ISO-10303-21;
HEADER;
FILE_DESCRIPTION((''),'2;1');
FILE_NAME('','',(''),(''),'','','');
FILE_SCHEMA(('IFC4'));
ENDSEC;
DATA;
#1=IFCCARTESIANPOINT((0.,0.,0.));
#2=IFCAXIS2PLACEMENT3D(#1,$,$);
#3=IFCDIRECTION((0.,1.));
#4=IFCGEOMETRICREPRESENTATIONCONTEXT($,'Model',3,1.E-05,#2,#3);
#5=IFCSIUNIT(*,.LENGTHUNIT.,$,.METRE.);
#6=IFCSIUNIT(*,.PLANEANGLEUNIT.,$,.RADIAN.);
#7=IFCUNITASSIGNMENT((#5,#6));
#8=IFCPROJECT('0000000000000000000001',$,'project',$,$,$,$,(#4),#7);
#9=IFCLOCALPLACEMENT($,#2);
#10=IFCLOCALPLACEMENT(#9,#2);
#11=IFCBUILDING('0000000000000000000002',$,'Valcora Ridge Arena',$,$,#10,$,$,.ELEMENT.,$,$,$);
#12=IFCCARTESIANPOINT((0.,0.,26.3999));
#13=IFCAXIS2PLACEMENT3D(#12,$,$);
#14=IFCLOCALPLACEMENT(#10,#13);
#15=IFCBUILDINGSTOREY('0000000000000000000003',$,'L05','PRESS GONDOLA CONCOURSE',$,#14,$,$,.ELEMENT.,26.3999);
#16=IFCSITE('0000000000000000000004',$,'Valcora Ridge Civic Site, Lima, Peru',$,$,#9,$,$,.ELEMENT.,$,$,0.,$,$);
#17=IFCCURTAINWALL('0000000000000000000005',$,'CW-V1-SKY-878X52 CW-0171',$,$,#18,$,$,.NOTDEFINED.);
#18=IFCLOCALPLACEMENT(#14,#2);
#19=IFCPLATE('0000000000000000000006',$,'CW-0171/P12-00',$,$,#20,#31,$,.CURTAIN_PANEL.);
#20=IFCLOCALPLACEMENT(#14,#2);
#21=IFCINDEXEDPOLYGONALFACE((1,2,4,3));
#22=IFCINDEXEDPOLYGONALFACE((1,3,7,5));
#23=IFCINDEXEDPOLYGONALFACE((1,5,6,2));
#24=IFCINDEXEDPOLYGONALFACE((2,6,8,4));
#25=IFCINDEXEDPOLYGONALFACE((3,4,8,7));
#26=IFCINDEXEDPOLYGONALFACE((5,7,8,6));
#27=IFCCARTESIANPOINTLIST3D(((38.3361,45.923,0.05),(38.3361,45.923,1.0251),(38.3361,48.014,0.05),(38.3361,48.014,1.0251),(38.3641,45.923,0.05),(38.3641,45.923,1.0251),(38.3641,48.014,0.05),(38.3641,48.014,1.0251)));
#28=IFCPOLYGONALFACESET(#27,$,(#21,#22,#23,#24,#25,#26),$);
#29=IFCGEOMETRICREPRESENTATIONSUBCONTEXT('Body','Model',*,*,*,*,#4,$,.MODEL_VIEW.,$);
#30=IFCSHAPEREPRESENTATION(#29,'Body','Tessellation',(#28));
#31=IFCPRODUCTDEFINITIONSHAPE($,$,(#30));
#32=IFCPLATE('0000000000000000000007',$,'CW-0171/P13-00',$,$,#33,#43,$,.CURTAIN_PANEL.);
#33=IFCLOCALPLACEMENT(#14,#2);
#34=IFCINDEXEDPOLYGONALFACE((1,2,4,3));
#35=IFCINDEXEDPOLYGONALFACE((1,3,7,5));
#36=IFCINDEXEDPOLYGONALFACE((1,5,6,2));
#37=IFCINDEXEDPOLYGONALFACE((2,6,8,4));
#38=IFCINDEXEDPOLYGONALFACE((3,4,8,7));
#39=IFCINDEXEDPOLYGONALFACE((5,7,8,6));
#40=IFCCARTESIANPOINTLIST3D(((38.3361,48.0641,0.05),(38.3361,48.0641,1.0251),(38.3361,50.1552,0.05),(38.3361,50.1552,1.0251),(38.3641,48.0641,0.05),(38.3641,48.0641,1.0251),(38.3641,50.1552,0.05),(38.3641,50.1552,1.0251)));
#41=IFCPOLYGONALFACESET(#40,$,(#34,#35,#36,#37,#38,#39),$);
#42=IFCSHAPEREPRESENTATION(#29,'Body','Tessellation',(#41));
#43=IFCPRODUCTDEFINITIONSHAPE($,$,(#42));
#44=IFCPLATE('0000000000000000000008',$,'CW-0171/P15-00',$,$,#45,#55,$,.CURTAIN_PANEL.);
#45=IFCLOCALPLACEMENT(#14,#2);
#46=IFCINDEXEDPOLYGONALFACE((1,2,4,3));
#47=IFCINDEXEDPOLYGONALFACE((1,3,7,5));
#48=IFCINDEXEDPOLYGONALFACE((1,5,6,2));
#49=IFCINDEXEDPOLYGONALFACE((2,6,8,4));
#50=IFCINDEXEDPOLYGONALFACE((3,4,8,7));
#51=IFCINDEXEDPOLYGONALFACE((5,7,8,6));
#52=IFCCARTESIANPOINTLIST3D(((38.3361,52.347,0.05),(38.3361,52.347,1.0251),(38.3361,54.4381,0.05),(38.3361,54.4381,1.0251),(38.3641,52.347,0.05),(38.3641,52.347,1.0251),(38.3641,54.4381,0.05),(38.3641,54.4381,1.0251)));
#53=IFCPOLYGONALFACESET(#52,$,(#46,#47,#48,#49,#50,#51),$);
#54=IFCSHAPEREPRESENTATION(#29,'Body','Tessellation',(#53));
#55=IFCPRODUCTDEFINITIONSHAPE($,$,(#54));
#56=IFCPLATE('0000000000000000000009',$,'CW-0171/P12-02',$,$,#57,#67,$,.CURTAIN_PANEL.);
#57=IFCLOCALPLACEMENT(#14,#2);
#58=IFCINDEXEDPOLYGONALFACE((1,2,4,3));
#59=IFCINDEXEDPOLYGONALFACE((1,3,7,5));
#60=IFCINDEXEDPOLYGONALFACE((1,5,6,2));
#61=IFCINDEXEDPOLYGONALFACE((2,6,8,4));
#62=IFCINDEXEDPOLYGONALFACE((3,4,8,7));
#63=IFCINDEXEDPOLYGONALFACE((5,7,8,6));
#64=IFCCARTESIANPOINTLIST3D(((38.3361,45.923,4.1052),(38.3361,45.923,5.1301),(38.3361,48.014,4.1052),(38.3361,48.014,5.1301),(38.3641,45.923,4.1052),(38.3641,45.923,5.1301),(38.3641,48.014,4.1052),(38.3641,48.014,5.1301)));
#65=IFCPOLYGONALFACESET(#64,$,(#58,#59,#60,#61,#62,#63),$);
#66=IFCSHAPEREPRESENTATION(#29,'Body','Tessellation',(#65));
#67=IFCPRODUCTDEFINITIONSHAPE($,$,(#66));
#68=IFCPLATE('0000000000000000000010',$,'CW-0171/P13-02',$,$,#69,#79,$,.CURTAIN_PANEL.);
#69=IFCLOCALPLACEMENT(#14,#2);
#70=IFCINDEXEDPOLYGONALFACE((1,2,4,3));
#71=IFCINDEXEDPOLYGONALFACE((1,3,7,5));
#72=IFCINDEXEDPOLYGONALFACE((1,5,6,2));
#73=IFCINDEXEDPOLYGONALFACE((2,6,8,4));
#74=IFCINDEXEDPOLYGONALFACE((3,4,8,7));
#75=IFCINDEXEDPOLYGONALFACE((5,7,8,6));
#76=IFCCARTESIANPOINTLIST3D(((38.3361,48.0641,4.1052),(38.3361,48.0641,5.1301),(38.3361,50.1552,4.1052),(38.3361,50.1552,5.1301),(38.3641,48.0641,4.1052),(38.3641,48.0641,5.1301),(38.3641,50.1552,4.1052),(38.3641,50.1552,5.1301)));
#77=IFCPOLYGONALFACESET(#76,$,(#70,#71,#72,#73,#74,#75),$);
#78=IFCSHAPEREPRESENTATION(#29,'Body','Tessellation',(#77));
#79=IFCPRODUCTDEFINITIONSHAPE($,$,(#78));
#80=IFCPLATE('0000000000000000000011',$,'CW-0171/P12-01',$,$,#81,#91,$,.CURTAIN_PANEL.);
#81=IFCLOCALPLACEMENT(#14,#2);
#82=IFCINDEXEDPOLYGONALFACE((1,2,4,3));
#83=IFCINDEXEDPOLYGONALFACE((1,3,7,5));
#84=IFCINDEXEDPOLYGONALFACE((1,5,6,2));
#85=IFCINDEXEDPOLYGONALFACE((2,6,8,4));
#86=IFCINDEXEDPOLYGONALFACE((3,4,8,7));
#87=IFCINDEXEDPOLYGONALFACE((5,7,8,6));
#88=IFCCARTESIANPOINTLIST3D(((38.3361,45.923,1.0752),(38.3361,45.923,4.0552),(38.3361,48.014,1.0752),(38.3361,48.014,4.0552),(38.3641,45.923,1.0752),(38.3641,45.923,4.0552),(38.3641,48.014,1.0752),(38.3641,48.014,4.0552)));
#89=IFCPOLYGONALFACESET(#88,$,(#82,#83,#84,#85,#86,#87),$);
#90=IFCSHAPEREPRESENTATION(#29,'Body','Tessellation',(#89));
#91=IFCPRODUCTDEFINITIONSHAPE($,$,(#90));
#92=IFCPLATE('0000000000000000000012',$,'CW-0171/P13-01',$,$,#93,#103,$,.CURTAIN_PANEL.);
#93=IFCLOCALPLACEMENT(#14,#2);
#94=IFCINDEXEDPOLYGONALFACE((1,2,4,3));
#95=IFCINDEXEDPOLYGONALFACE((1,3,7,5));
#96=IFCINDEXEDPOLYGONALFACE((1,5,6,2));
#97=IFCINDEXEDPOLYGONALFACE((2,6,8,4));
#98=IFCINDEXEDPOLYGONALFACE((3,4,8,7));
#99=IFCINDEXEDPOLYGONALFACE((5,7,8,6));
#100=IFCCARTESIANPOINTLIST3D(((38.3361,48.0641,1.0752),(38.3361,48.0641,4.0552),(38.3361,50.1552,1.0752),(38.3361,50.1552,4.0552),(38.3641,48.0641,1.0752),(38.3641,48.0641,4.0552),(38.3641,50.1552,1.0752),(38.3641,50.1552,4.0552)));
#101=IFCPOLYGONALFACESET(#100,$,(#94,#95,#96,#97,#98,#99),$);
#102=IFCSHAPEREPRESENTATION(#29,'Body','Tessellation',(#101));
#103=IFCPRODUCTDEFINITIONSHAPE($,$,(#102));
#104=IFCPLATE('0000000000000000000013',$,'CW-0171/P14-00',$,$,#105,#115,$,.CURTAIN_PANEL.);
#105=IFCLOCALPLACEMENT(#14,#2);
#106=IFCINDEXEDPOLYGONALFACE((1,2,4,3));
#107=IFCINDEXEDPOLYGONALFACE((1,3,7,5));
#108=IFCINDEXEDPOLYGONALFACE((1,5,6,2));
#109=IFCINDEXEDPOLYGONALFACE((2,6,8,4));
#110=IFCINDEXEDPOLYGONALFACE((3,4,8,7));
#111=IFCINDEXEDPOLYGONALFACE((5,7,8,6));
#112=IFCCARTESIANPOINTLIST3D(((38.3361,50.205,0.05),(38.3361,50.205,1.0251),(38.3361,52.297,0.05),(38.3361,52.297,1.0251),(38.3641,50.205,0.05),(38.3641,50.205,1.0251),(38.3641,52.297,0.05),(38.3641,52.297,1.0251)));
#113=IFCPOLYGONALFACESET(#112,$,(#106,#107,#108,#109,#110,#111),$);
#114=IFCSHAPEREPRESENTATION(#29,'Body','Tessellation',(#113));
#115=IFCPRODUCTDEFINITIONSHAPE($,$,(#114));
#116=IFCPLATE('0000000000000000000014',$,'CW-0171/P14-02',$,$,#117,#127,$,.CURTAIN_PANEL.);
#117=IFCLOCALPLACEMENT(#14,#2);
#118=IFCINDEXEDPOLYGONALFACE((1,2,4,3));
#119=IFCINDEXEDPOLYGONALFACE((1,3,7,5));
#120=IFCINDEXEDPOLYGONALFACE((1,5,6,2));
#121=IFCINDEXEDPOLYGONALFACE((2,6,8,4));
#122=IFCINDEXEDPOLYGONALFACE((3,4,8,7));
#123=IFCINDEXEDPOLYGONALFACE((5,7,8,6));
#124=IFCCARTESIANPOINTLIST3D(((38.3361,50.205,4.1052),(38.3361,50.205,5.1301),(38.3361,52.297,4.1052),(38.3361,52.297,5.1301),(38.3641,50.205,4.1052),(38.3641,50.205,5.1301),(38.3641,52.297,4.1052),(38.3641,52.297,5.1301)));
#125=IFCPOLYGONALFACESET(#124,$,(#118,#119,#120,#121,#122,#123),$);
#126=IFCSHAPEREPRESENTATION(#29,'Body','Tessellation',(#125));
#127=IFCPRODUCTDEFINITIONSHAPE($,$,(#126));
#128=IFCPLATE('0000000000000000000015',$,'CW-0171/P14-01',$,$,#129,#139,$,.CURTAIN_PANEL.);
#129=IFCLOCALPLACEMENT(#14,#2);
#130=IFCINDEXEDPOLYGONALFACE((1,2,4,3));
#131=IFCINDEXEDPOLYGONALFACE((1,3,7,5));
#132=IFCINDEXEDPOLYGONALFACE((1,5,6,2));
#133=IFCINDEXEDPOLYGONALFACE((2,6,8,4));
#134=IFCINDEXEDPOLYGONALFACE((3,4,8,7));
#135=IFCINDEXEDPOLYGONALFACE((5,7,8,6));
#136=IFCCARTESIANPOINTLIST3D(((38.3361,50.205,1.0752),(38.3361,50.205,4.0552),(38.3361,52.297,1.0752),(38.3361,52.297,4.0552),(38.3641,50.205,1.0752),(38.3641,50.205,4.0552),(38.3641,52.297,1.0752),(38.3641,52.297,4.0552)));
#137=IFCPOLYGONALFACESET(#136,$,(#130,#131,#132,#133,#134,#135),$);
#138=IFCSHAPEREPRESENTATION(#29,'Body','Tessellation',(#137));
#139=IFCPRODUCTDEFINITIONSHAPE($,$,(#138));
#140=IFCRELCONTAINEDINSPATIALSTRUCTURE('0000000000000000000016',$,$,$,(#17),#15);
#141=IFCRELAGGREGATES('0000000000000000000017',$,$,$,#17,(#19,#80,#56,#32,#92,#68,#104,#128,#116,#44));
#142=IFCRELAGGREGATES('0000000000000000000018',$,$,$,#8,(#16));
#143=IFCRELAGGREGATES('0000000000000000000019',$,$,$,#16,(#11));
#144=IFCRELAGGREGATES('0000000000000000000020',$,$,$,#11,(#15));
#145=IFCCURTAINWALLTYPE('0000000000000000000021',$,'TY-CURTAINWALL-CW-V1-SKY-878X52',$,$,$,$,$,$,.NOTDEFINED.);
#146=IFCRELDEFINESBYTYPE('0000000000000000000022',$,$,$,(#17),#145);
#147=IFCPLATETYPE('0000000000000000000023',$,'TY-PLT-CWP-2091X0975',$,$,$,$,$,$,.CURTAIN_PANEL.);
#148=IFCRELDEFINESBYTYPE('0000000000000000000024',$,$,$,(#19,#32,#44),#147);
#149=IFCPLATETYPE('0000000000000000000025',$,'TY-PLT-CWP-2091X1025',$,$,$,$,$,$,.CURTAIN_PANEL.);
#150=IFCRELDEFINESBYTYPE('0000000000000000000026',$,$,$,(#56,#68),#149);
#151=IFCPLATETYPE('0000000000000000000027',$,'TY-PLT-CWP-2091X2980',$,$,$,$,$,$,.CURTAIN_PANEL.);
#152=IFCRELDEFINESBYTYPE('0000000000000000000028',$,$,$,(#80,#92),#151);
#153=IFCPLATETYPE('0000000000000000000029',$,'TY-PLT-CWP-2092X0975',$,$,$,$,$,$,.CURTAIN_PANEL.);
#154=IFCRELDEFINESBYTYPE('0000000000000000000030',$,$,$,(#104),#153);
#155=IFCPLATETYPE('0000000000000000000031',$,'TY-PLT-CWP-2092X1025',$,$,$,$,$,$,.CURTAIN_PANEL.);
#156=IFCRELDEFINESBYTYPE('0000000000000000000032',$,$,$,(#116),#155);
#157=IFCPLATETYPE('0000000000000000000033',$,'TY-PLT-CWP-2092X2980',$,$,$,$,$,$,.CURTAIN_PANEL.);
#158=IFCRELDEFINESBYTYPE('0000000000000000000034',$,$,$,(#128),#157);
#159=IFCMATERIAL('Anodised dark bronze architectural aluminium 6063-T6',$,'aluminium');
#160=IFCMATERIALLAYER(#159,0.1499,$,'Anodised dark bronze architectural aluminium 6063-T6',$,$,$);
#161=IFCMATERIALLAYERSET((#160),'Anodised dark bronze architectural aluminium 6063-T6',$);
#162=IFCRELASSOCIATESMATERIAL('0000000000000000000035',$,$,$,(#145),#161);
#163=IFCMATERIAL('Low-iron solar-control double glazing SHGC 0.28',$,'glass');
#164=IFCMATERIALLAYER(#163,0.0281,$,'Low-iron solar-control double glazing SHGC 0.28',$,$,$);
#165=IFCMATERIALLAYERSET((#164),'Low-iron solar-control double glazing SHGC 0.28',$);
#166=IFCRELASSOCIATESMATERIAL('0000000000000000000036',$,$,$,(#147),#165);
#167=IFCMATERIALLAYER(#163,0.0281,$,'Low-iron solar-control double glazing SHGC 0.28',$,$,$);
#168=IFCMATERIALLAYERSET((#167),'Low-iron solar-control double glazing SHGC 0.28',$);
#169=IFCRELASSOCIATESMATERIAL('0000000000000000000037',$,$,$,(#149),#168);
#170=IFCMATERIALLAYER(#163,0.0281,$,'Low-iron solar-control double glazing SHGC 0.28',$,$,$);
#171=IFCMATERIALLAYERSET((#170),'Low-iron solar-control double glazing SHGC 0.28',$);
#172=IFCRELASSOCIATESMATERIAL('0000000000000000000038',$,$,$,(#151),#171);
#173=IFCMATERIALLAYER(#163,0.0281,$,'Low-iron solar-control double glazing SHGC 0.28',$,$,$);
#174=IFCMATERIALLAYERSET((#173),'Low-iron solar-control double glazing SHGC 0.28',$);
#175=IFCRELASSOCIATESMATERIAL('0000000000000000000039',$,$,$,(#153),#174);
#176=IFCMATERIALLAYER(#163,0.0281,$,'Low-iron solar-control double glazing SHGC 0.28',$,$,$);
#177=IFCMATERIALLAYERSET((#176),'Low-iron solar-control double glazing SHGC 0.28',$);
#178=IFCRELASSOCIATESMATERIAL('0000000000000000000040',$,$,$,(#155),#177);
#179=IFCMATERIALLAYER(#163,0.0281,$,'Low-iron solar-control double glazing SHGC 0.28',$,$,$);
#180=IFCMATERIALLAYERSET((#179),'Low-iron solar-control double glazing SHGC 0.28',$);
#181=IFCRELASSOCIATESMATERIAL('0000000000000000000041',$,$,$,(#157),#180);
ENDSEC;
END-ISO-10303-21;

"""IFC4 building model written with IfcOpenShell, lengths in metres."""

from ifc_helpers import new_model, si_unit, direction, frame, origin, origin_2d, place, context, subcontext, project, spatial, rectangle, extrude, material, layer, layer_set, type_object, element, aggregate, save


model = new_model("IFC4")

# Units and contexts
model_context = context("Model", 3, precision=1e-05, world=origin(), true_north=direction((0.0, 1.0)))
body_context = subcontext(model_context, "Body", "Model", "MODEL_VIEW")
ifc_project = project(units=[si_unit("LENGTHUNIT", "METRE"), si_unit("PLANEANGLEUNIT", "RADIAN")], contexts=[model_context])

# Site, building, storey
site_placement = place(None, origin())
site = spatial("IfcSite", under=ifc_project, at=site_placement, Name="Valcora Ridge Civic Site, Lima, Peru", CompositionType="ELEMENT", RefElevation=0.0)
building_placement = place(site_placement, origin())
building = spatial("IfcBuilding", under=site, at=building_placement, Name="Valcora Ridge Arena", CompositionType="ELEMENT")
storey_placement = place(building_placement, frame((0.0, 0.0, 26.3999)))
storey = spatial("IfcBuildingStorey", under=building, at=storey_placement, Name="L05", Description="PRESS GONDOLA CONCOURSE", CompositionType="ELEMENT", Elevation=26.3999)

# Curtain wall, plates
ifc_material_1 = material(Name="Anodised dark bronze architectural aluminium 6063-T6", Category="aluminium")
ifc_layer_1 = layer(ifc_material_1, 0.1499, Name="Anodised dark bronze architectural aluminium 6063-T6")
ifc_layer_set_1 = layer_set([ifc_layer_1], Name="Anodised dark bronze architectural aluminium 6063-T6")
curtain_wall_type = type_object("IfcCurtainWallType", Name="TY-CURTAINWALL-CW-V1-SKY-878X52", PredefinedType="NOTDEFINED", material=ifc_layer_set_1)
curtain_wall_placement = place(storey_placement, origin())
curtain_wall = element("IfcCurtainWall", 1, at=curtain_wall_placement, inside=storey, type_object=curtain_wall_type, Name="CW-V1-SKY-878X52 CW-0171", PredefinedType="NOTDEFINED")
ifc_material_2 = material(Name="Low-iron solar-control double glazing SHGC 0.28", Category="glass")
ifc_layer_2 = layer(ifc_material_2, 0.0281, Name="Low-iron solar-control double glazing SHGC 0.28")
ifc_layer_set_2 = layer_set([ifc_layer_2], Name="Low-iron solar-control double glazing SHGC 0.28")
plate_type_1 = type_object("IfcPlateType", Name="TY-PLT-CWP-2091X0975", PredefinedType="CURTAIN_PANEL", material=ifc_layer_set_2)
plate_1_placement = place(storey_placement, frame((38.3501, 46.9685, 0.05), z_axis=(0.0, 0.0, 1.0), x_axis=(0.0, 1.0, 0.0)))
plate_1 = element("IfcPlate", 2, at=plate_1_placement, type_object=plate_type_1, Name="CW-0171/P12-00", PredefinedType="CURTAIN_PANEL", context=body_context, shape_type="SweptSolid", body=[
    extrude(rectangle(XDim=2.0911, YDim=0.0281, at=origin_2d()), origin(), (0.0, 0.0, 1.0), 0.9751),
])
plate_2_placement = place(storey_placement, frame((38.3501, 49.1096, 0.05), z_axis=(0.0, 0.0, 1.0), x_axis=(0.0, 1.0, 0.0)))
plate_2 = element("IfcPlate", 3, at=plate_2_placement, type_object=plate_type_1, Name="CW-0171/P13-00", PredefinedType="CURTAIN_PANEL", context=body_context, shape_type="SweptSolid", body=[
    extrude(rectangle(XDim=2.0911, YDim=0.0281, at=origin_2d()), origin(), (0.0, 0.0, 1.0), 0.9751),
])
plate_3_placement = place(storey_placement, frame((38.3501, 53.3926, 0.05), z_axis=(0.0, 0.0, 1.0), x_axis=(0.0, 1.0, 0.0)))
plate_3 = element("IfcPlate", 4, at=plate_3_placement, type_object=plate_type_1, Name="CW-0171/P15-00", PredefinedType="CURTAIN_PANEL", context=body_context, shape_type="SweptSolid", body=[
    extrude(rectangle(XDim=2.0911, YDim=0.0281, at=origin_2d()), origin(), (0.0, 0.0, 1.0), 0.9751),
])
ifc_layer_3 = layer(ifc_material_2, 0.0281, Name="Low-iron solar-control double glazing SHGC 0.28")
ifc_layer_set_3 = layer_set([ifc_layer_3], Name="Low-iron solar-control double glazing SHGC 0.28")
plate_type_2 = type_object("IfcPlateType", Name="TY-PLT-CWP-2091X1025", PredefinedType="CURTAIN_PANEL", material=ifc_layer_set_3)
plate_4_placement = place(storey_placement, frame((38.3501, 46.9685, 4.1052), z_axis=(0.0, 0.0, 1.0), x_axis=(0.0, 1.0, 0.0)))
plate_4 = element("IfcPlate", 5, at=plate_4_placement, type_object=plate_type_2, Name="CW-0171/P12-02", PredefinedType="CURTAIN_PANEL", context=body_context, shape_type="SweptSolid", body=[
    extrude(rectangle(XDim=2.0911, YDim=0.0281, at=origin_2d()), origin(), (0.0, 0.0, 1.0), 1.0249),
])
plate_5_placement = place(storey_placement, frame((38.3501, 49.1096, 4.1052), z_axis=(0.0, 0.0, 1.0), x_axis=(0.0, 1.0, 0.0)))
plate_5 = element("IfcPlate", 6, at=plate_5_placement, type_object=plate_type_2, Name="CW-0171/P13-02", PredefinedType="CURTAIN_PANEL", context=body_context, shape_type="SweptSolid", body=[
    extrude(rectangle(XDim=2.0911, YDim=0.0281, at=origin_2d()), origin(), (0.0, 0.0, 1.0), 1.0249),
])
ifc_layer_4 = layer(ifc_material_2, 0.0281, Name="Low-iron solar-control double glazing SHGC 0.28")
ifc_layer_set_4 = layer_set([ifc_layer_4], Name="Low-iron solar-control double glazing SHGC 0.28")
plate_type_3 = type_object("IfcPlateType", Name="TY-PLT-CWP-2091X2980", PredefinedType="CURTAIN_PANEL", material=ifc_layer_set_4)
plate_6_placement = place(storey_placement, frame((38.3501, 46.9685, 1.0752), z_axis=(0.0, 0.0, 1.0), x_axis=(0.0, 1.0, 0.0)))
plate_6 = element("IfcPlate", 7, at=plate_6_placement, type_object=plate_type_3, Name="CW-0171/P12-01", PredefinedType="CURTAIN_PANEL", context=body_context, shape_type="SweptSolid", body=[
    extrude(rectangle(XDim=2.0911, YDim=0.0281, at=origin_2d()), origin(), (0.0, 0.0, 1.0), 2.98),
])
plate_7_placement = place(storey_placement, frame((38.3501, 49.1096, 1.0752), z_axis=(0.0, 0.0, 1.0), x_axis=(0.0, 1.0, 0.0)))
plate_7 = element("IfcPlate", 8, at=plate_7_placement, type_object=plate_type_3, Name="CW-0171/P13-01", PredefinedType="CURTAIN_PANEL", context=body_context, shape_type="SweptSolid", body=[
    extrude(rectangle(XDim=2.0911, YDim=0.0281, at=origin_2d()), origin(), (0.0, 0.0, 1.0), 2.98),
])
ifc_layer_5 = layer(ifc_material_2, 0.0281, Name="Low-iron solar-control double glazing SHGC 0.28")
ifc_layer_set_5 = layer_set([ifc_layer_5], Name="Low-iron solar-control double glazing SHGC 0.28")
plate_type_4 = type_object("IfcPlateType", Name="TY-PLT-CWP-2092X0975", PredefinedType="CURTAIN_PANEL", material=ifc_layer_set_5)
plate_8_placement = place(storey_placement, frame((38.3501, 51.251, 0.05), z_axis=(0.0, 0.0, 1.0), x_axis=(0.0, 1.0, 0.0)))
plate_8 = element("IfcPlate", 9, at=plate_8_placement, type_object=plate_type_4, Name="CW-0171/P14-00", PredefinedType="CURTAIN_PANEL", context=body_context, shape_type="SweptSolid", body=[
    extrude(rectangle(XDim=2.092, YDim=0.0281, at=origin_2d()), origin(), (0.0, 0.0, 1.0), 0.9751),
])
ifc_layer_6 = layer(ifc_material_2, 0.0281, Name="Low-iron solar-control double glazing SHGC 0.28")
ifc_layer_set_6 = layer_set([ifc_layer_6], Name="Low-iron solar-control double glazing SHGC 0.28")
plate_type_5 = type_object("IfcPlateType", Name="TY-PLT-CWP-2092X1025", PredefinedType="CURTAIN_PANEL", material=ifc_layer_set_6)
plate_9_placement = place(storey_placement, frame((38.3501, 51.251, 4.1052), z_axis=(0.0, 0.0, 1.0), x_axis=(0.0, 1.0, 0.0)))
plate_9 = element("IfcPlate", 10, at=plate_9_placement, type_object=plate_type_5, Name="CW-0171/P14-02", PredefinedType="CURTAIN_PANEL", context=body_context, shape_type="SweptSolid", body=[
    extrude(rectangle(XDim=2.092, YDim=0.0281, at=origin_2d()), origin(), (0.0, 0.0, 1.0), 1.0249),
])
ifc_layer_7 = layer(ifc_material_2, 0.0281, Name="Low-iron solar-control double glazing SHGC 0.28")
ifc_layer_set_7 = layer_set([ifc_layer_7], Name="Low-iron solar-control double glazing SHGC 0.28")
plate_type_6 = type_object("IfcPlateType", Name="TY-PLT-CWP-2092X2980", PredefinedType="CURTAIN_PANEL", material=ifc_layer_set_7)
plate_10_placement = place(storey_placement, frame((38.3501, 51.251, 1.0752), z_axis=(0.0, 0.0, 1.0), x_axis=(0.0, 1.0, 0.0)))
plate_10 = element("IfcPlate", 11, at=plate_10_placement, type_object=plate_type_6, Name="CW-0171/P14-01", PredefinedType="CURTAIN_PANEL", context=body_context, shape_type="SweptSolid", body=[
    extrude(rectangle(XDim=2.092, YDim=0.0281, at=origin_2d()), origin(), (0.0, 0.0, 1.0), 2.98),
])
aggregate(curtain_wall, [plate_1, plate_6, plate_4, plate_2, plate_7, plate_5, plate_8, plate_10, plate_9, plate_3])

save(model, "model.ifc")
